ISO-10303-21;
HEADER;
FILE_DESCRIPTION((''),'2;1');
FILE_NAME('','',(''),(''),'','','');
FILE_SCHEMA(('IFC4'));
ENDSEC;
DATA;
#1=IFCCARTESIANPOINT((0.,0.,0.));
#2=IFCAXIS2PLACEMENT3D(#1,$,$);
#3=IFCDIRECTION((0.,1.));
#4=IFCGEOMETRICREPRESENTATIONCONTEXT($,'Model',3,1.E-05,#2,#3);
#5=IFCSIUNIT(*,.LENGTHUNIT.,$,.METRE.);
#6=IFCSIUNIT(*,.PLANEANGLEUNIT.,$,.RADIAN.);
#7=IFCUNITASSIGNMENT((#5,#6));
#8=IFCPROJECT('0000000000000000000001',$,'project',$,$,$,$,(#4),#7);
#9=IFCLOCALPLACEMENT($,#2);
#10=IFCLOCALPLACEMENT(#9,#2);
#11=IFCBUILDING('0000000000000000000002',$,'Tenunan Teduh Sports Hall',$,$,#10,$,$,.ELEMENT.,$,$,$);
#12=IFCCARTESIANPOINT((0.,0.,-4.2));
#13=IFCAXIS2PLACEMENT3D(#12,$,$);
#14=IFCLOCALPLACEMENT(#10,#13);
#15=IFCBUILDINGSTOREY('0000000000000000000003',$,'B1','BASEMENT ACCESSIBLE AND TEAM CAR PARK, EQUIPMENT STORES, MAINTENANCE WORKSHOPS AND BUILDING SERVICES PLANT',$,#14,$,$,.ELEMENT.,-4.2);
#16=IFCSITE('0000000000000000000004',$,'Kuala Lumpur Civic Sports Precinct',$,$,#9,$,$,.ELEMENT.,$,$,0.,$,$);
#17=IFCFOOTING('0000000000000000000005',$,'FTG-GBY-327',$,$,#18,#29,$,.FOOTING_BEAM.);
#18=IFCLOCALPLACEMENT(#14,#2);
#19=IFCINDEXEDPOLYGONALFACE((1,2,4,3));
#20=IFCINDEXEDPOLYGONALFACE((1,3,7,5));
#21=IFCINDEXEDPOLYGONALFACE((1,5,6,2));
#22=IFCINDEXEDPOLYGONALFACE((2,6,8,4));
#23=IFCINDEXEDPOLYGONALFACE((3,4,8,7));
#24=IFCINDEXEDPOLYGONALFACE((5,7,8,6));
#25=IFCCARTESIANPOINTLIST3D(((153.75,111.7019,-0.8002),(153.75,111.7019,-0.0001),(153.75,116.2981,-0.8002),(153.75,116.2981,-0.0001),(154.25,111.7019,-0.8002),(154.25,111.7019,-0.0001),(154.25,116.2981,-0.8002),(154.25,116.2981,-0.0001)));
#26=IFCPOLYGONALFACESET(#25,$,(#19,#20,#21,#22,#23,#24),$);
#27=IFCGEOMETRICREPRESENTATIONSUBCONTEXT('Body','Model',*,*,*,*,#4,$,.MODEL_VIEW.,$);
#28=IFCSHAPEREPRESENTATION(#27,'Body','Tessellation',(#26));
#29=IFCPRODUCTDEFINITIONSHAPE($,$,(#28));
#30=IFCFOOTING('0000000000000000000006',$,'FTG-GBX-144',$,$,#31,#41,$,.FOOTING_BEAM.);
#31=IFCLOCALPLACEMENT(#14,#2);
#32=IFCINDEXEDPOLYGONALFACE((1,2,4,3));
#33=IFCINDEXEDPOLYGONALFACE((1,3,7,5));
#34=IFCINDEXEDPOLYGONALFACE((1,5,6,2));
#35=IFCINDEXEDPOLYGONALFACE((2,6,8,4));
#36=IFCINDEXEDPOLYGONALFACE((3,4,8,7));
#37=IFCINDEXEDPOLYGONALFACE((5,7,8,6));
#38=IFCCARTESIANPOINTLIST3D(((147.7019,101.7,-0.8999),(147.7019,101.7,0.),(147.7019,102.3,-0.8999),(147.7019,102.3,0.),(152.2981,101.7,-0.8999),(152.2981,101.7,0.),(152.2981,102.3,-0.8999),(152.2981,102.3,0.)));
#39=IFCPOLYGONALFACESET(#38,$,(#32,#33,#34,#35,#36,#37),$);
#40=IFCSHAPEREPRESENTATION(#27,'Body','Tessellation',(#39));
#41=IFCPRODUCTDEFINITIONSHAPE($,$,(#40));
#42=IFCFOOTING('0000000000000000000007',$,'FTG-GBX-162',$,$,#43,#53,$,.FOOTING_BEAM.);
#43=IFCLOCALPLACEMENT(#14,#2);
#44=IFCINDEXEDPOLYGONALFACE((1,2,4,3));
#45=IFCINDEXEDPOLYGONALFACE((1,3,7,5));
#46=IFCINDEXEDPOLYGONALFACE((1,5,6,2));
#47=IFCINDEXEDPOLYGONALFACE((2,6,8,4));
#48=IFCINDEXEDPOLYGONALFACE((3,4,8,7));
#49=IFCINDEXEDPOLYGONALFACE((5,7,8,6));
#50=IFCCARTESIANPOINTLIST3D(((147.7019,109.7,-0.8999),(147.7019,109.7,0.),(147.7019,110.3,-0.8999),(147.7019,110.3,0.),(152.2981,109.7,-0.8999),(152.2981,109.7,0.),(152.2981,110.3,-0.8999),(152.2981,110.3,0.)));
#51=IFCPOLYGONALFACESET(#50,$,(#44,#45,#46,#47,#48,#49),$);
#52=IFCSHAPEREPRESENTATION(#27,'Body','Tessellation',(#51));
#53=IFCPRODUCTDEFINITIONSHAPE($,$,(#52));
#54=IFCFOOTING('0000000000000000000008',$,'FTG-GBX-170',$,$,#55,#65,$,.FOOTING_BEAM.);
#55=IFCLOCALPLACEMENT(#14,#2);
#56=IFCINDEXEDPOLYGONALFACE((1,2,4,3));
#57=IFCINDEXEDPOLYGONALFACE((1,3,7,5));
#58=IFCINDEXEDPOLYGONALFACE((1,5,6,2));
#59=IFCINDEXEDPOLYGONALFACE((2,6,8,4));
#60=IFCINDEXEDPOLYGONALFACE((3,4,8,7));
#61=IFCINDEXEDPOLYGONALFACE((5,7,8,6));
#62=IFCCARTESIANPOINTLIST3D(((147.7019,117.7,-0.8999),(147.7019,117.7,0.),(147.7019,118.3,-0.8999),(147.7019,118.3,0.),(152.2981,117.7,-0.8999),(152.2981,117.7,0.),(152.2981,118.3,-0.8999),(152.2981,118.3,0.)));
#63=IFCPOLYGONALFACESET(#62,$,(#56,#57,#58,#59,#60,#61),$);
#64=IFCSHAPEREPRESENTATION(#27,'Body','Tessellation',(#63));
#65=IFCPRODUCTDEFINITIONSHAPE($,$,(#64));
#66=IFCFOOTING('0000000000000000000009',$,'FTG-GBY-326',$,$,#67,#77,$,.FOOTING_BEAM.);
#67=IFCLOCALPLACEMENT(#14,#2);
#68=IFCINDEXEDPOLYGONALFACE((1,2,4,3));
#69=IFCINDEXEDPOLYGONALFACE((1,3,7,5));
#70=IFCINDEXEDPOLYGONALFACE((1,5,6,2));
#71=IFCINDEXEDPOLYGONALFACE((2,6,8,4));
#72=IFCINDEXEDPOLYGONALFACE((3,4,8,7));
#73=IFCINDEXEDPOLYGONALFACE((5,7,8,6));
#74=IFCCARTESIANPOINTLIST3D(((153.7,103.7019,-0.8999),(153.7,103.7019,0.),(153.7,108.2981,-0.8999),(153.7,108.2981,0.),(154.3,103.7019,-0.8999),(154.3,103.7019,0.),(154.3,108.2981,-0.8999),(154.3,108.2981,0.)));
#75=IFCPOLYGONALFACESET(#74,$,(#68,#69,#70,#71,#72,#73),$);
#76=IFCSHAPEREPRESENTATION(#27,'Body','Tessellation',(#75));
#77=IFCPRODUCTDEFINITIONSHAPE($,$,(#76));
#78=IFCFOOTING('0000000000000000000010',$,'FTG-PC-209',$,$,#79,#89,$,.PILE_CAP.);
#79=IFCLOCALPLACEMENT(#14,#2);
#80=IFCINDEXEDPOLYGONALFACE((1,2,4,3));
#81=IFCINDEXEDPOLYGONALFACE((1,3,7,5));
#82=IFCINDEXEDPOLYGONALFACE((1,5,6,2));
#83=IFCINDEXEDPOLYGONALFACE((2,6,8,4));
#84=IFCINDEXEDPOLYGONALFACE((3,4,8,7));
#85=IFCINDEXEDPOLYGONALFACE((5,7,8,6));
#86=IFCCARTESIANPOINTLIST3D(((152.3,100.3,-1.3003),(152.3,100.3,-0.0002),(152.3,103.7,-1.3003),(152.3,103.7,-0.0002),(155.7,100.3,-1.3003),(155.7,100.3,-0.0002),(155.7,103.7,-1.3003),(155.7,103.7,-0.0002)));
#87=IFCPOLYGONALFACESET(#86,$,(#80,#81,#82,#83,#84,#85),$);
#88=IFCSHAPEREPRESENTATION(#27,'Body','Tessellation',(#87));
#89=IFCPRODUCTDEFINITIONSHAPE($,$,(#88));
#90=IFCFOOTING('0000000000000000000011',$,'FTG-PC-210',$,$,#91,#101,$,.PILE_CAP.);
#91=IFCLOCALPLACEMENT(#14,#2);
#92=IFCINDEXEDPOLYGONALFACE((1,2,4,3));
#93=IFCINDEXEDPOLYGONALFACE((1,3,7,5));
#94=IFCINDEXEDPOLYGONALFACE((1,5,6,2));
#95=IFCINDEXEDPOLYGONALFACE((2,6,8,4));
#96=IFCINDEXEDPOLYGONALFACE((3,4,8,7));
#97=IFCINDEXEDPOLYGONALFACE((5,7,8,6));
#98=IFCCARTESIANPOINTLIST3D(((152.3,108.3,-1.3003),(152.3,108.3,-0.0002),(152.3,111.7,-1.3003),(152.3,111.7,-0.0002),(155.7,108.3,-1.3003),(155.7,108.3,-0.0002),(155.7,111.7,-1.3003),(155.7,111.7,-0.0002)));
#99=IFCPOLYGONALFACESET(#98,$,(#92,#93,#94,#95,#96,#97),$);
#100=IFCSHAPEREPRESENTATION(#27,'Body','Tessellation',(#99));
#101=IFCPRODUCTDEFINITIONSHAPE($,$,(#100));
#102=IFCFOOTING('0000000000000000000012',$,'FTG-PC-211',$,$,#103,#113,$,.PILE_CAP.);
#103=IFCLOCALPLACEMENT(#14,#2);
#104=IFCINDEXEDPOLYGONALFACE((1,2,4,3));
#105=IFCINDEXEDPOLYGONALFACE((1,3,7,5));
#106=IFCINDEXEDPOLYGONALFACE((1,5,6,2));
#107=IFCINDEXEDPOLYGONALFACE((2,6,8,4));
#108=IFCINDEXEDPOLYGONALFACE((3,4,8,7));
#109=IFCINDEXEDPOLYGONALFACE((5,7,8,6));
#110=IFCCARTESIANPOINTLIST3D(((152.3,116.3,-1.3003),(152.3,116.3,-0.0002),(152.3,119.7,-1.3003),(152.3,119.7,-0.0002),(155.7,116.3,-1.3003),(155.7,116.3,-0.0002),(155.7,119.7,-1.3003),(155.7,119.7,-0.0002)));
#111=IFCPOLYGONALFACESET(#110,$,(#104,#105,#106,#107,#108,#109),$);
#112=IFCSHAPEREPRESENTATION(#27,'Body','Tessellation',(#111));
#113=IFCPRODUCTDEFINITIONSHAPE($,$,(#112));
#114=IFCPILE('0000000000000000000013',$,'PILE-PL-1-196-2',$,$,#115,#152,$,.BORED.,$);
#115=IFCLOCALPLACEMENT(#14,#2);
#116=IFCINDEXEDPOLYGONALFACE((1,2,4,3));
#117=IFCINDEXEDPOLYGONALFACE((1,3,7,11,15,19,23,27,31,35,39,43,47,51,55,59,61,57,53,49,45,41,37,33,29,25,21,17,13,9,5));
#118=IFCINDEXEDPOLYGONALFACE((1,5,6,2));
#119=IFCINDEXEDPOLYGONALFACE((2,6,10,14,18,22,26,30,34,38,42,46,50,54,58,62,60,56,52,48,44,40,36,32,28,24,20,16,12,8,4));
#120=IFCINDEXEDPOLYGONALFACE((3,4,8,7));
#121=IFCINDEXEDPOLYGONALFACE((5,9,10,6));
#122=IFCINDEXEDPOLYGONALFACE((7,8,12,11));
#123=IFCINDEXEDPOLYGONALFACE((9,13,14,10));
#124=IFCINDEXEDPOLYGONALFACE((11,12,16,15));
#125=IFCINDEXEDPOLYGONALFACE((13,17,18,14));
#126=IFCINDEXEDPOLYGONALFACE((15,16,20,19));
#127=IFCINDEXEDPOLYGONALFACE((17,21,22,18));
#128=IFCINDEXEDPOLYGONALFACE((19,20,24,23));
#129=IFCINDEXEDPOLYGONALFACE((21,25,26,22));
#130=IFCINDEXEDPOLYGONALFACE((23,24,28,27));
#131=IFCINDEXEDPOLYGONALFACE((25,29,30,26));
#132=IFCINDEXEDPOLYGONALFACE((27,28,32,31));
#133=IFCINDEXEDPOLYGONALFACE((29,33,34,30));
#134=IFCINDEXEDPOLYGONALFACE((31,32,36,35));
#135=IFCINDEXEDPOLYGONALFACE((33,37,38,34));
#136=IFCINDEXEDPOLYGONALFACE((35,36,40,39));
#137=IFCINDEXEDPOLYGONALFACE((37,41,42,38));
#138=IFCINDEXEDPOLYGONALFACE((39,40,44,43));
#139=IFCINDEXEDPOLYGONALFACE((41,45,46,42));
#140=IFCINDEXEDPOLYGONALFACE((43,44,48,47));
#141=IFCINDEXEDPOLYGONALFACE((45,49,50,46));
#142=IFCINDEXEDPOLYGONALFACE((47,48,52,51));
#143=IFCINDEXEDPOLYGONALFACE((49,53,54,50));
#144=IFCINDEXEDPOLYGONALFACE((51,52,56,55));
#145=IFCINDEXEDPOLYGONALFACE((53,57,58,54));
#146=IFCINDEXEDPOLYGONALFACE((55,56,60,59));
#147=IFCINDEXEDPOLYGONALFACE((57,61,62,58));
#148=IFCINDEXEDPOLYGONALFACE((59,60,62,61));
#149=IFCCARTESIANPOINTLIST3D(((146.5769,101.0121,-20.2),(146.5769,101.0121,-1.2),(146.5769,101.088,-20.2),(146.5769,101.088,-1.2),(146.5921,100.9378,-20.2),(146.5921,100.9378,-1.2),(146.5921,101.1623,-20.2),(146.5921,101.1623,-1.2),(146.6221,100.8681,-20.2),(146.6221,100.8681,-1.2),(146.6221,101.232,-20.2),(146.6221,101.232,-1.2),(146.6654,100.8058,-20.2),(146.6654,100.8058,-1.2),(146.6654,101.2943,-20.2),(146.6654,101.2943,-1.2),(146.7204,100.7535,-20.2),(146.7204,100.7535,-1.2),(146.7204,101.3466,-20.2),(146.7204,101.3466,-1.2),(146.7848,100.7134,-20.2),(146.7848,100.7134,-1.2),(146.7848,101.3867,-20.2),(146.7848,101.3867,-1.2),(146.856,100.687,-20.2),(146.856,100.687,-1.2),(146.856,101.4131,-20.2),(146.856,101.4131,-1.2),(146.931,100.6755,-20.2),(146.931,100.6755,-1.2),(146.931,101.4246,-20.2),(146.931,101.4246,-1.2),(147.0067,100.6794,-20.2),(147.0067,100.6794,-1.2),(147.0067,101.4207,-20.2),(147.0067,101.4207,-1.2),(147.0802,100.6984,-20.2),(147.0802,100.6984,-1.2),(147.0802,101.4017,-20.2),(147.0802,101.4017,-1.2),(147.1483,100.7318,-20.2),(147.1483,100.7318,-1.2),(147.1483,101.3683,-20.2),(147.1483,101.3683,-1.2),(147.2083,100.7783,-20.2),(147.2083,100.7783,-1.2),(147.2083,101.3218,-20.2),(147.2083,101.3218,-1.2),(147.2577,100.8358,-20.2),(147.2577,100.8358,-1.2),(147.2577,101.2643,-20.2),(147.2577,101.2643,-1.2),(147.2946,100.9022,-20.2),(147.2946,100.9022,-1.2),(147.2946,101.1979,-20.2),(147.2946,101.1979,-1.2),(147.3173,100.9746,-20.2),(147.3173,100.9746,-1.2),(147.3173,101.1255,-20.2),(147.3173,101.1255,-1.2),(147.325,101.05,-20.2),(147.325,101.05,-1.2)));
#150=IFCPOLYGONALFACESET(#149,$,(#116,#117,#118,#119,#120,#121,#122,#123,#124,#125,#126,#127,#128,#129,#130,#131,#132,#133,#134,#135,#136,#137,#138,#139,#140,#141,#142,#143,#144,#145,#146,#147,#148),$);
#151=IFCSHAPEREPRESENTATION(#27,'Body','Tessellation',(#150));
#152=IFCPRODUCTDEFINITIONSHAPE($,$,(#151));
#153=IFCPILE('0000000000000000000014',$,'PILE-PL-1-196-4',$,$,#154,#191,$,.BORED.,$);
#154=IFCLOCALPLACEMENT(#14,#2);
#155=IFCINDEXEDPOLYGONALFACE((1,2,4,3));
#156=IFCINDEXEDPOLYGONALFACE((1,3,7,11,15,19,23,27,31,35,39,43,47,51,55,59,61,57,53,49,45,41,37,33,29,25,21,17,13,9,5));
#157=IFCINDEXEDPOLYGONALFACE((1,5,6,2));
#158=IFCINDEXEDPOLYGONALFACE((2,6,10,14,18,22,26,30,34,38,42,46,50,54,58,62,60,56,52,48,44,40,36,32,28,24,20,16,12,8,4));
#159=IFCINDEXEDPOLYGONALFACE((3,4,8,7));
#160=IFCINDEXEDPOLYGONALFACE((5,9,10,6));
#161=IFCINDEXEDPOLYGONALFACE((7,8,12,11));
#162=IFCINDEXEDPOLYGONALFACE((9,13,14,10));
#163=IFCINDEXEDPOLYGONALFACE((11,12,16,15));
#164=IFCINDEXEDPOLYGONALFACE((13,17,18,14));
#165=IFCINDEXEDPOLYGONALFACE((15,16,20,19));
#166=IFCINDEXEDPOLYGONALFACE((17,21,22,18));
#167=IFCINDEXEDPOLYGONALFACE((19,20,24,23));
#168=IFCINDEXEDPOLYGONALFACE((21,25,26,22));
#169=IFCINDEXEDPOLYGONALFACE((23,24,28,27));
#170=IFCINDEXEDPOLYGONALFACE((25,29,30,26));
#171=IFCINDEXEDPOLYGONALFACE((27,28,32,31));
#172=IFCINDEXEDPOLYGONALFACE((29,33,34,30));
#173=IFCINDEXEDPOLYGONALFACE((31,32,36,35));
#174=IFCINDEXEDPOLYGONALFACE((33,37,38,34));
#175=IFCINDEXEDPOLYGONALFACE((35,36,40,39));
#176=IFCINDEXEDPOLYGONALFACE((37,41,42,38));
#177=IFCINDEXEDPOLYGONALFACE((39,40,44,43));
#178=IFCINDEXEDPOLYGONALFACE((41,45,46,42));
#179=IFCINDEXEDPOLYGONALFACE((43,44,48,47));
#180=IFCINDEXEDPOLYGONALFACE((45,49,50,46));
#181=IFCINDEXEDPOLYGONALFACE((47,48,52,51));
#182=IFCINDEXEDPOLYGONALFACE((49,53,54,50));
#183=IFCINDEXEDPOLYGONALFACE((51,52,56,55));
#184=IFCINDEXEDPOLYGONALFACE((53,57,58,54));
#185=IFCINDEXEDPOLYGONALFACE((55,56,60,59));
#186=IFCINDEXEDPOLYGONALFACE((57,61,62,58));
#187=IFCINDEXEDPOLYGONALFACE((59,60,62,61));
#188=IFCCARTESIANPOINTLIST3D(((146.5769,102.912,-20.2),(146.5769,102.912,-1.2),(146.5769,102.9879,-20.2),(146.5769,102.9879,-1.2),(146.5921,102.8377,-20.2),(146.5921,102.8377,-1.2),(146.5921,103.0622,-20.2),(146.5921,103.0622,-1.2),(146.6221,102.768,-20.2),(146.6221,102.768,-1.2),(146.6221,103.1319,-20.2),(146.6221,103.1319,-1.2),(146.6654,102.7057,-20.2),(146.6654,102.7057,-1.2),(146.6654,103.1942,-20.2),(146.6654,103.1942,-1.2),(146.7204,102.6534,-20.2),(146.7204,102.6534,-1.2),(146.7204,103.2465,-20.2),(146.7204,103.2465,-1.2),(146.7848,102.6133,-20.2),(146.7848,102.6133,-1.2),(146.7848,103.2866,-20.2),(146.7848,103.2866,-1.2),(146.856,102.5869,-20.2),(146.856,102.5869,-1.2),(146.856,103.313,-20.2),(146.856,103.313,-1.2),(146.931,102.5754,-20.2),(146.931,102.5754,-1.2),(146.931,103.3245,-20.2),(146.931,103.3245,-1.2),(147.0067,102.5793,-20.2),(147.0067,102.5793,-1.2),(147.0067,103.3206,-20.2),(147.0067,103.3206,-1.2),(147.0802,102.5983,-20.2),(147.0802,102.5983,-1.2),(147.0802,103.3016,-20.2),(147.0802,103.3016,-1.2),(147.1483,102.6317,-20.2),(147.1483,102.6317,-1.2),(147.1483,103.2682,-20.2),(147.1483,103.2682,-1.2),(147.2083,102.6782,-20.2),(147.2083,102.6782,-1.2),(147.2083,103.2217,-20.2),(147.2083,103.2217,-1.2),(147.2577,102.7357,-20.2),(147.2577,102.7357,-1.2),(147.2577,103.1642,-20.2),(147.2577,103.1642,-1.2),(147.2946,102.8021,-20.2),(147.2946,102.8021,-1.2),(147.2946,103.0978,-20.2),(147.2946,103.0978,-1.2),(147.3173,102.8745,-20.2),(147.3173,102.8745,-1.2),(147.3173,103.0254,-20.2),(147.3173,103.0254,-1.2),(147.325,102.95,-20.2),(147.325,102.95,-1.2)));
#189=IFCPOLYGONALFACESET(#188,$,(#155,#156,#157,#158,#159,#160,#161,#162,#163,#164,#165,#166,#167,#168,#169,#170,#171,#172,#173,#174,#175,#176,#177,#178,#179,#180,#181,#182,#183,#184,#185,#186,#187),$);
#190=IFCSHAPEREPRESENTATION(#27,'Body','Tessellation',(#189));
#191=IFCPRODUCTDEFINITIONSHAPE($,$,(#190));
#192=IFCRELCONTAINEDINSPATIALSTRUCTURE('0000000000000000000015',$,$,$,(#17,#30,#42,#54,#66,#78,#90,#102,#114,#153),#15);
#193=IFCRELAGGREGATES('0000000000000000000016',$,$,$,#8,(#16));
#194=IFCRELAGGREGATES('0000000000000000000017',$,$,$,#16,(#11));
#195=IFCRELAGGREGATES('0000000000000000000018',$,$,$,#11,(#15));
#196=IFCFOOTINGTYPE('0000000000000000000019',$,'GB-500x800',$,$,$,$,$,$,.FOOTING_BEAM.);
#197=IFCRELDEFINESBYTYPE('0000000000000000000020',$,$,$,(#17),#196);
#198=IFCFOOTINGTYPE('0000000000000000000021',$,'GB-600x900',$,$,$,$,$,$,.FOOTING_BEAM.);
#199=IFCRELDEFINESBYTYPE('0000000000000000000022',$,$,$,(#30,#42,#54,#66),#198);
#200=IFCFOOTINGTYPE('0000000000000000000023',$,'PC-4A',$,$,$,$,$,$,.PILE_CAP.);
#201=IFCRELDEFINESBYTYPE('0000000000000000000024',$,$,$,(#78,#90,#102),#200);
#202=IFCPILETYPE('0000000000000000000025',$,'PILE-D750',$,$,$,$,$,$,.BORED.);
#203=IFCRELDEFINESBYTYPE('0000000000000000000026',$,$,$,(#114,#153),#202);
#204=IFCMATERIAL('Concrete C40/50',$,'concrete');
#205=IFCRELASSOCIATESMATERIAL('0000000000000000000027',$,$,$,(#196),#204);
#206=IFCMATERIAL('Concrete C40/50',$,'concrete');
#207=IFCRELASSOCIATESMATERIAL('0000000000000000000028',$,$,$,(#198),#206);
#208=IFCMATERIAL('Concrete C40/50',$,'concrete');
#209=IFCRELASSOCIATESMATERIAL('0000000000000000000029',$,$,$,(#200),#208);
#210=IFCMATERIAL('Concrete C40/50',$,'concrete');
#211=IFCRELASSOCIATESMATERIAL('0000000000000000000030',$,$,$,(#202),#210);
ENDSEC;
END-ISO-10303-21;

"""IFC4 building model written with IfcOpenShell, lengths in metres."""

from ifc_helpers import new_model, si_unit, direction, frame, origin, origin_2d, place, context, subcontext, project, spatial, rectangle, circle, extrude, material, material_profile, profile_set, type_object, element, save


model = new_model("IFC4")

# Units and contexts
model_context = context("Model", 3, precision=1e-05, world=origin(), true_north=direction((0.0, 1.0)))
body_context = subcontext(model_context, "Body", "Model", "MODEL_VIEW")
ifc_project = project(units=[si_unit("LENGTHUNIT", "METRE"), si_unit("PLANEANGLEUNIT", "RADIAN")], contexts=[model_context])

# Site, building, storey
site_placement = place(None, origin())
site = spatial("IfcSite", under=ifc_project, at=site_placement, Name="Kuala Lumpur Civic Sports Precinct", CompositionType="ELEMENT", RefElevation=0.0)
building_placement = place(site_placement, origin())
building = spatial("IfcBuilding", under=site, at=building_placement, Name="Tenunan Teduh Sports Hall", CompositionType="ELEMENT")
storey_placement = place(building_placement, frame((0.0, 0.0, -4.2)))
storey = spatial("IfcBuildingStorey", under=building, at=storey_placement, Name="B1", Description="BASEMENT ACCESSIBLE AND TEAM CAR PARK, EQUIPMENT STORES, MAINTENANCE WORKSHOPS AND BUILDING SERVICES PLANT", CompositionType="ELEMENT", Elevation=-4.2)

# Footings
ifc_material_1 = material(Name="Concrete C40/50", Category="concrete")
ifc_material_profile_1 = material_profile(ifc_material_1, rectangle(XDim=0.5, YDim=0.8, at=origin_2d()), Name="RCB 500x800")
ifc_profile_set_1 = profile_set([ifc_material_profile_1], Name="Concrete C40/50")
footing_type_1 = type_object("IfcFootingType", Name="GB-500x800", PredefinedType="FOOTING_BEAM", material=ifc_profile_set_1)
footing_placement = place(storey_placement, frame((154.0, 111.7019, -0.4001), z_axis=(0.0, 1.0, 0.0), x_axis=(-1.0, 0.0, 0.0)))
element("IfcFooting", 1, at=footing_placement, inside=storey, type_object=footing_type_1, Name="FTG-GBY-327", PredefinedType="FOOTING_BEAM", context=body_context, shape_type="SweptSolid", body=[
    extrude(rectangle(XDim=0.5, YDim=0.8, at=origin_2d()), origin(), (0.0, 0.0, 1.0), 4.5962),
])
ifc_material_2 = material(Name="Concrete C40/50", Category="concrete")
ifc_material_profile_2 = material_profile(ifc_material_2, rectangle(XDim=0.6001, YDim=0.8999, at=origin_2d()), Name="RCB 600x900")
ifc_profile_set_2 = profile_set([ifc_material_profile_2], Name="Concrete C40/50")
footing_type_2 = type_object("IfcFootingType", Name="GB-600x900", PredefinedType="FOOTING_BEAM", material=ifc_profile_set_2)
for number, where, z_axis, x_axis, name in (
    (2, (147.7019, 102.0, -0.45), (1.0, 0.0, 0.0), (0.0, 1.0, 0.0), "FTG-GBX-144"),
    (3, (147.7019, 110.0, -0.45), (1.0, 0.0, 0.0), (0.0, 1.0, 0.0), "FTG-GBX-162"),
    (4, (147.7019, 118.0, -0.45), (1.0, 0.0, 0.0), (0.0, 1.0, 0.0), "FTG-GBX-170"),
    (5, (154.0, 103.7019, -0.45), (0.0, 1.0, 0.0), (-1.0, 0.0, 0.0), "FTG-GBY-326"),
):
    element("IfcFooting", number, at=place(storey_placement, frame(where, z_axis=z_axis, x_axis=x_axis)), inside=storey, type_object=footing_type_2, Name=name, PredefinedType="FOOTING_BEAM", context=body_context, shape_type="SweptSolid", body=[
        extrude(rectangle(XDim=0.6001, YDim=0.8999, at=origin_2d()), origin(), (0.0, 0.0, 1.0), 4.5962),
    ])
ifc_material_3 = material(Name="Concrete C40/50", Category="concrete")
footing_type_3 = type_object("IfcFootingType", Name="PC-4A", PredefinedType="PILE_CAP", material=ifc_material_3)
for number, where, z_axis, x_axis, name in (
    (6, (154.0, 102.0, -1.3003), (0.0, 0.0, 1.0), (1.0, 0.0, 0.0), "FTG-PC-209"),
    (7, (154.0, 110.0, -1.3003), (0.0, 0.0, 1.0), (1.0, 0.0, 0.0), "FTG-PC-210"),
    (8, (154.0, 118.0, -1.3003), (0.0, 0.0, 1.0), (1.0, 0.0, 0.0), "FTG-PC-211"),
):
    element("IfcFooting", number, at=place(storey_placement, frame(where, z_axis=z_axis, x_axis=x_axis)), inside=storey, type_object=footing_type_3, Name=name, PredefinedType="PILE_CAP", context=body_context, shape_type="SweptSolid", body=[
        extrude(rectangle(XDim=3.3999, YDim=3.3999, at=origin_2d()), origin(), (0.0, 0.0, 1.0), 1.3),
    ])

# Piles
ifc_material_4 = material(Name="Concrete C40/50", Category="concrete")
ifc_material_profile_3 = material_profile(ifc_material_4, circle(Radius=0.375, at=origin_2d()), Name="PILE D750")
ifc_profile_set_3 = profile_set([ifc_material_profile_3], Name="Concrete C40/50")
pile_type = type_object("IfcPileType", Name="PILE-D750", PredefinedType="BORED", material=ifc_profile_set_3)
for number, where, z_axis, x_axis, name in (
    (9, (146.95, 101.05, -1.2), (0.0, 0.0, -1.0), (1.0, 0.0, 0.0), "PILE-PL-1-196-2"),
    (10, (146.95, 102.95, -1.2), (0.0, 0.0, -1.0), (1.0, 0.0, 0.0), "PILE-PL-1-196-4"),
):
    element("IfcPile", number, at=place(storey_placement, frame(where, z_axis=z_axis, x_axis=x_axis)), inside=storey, type_object=pile_type, Name=name, PredefinedType="BORED", context=body_context, shape_type="SweptSolid", body=[
        extrude(circle(Radius=0.375, at=origin_2d()), origin(), (0.0, 0.0, 1.0), 19.0),
    ])

save(model, "model.ifc")
